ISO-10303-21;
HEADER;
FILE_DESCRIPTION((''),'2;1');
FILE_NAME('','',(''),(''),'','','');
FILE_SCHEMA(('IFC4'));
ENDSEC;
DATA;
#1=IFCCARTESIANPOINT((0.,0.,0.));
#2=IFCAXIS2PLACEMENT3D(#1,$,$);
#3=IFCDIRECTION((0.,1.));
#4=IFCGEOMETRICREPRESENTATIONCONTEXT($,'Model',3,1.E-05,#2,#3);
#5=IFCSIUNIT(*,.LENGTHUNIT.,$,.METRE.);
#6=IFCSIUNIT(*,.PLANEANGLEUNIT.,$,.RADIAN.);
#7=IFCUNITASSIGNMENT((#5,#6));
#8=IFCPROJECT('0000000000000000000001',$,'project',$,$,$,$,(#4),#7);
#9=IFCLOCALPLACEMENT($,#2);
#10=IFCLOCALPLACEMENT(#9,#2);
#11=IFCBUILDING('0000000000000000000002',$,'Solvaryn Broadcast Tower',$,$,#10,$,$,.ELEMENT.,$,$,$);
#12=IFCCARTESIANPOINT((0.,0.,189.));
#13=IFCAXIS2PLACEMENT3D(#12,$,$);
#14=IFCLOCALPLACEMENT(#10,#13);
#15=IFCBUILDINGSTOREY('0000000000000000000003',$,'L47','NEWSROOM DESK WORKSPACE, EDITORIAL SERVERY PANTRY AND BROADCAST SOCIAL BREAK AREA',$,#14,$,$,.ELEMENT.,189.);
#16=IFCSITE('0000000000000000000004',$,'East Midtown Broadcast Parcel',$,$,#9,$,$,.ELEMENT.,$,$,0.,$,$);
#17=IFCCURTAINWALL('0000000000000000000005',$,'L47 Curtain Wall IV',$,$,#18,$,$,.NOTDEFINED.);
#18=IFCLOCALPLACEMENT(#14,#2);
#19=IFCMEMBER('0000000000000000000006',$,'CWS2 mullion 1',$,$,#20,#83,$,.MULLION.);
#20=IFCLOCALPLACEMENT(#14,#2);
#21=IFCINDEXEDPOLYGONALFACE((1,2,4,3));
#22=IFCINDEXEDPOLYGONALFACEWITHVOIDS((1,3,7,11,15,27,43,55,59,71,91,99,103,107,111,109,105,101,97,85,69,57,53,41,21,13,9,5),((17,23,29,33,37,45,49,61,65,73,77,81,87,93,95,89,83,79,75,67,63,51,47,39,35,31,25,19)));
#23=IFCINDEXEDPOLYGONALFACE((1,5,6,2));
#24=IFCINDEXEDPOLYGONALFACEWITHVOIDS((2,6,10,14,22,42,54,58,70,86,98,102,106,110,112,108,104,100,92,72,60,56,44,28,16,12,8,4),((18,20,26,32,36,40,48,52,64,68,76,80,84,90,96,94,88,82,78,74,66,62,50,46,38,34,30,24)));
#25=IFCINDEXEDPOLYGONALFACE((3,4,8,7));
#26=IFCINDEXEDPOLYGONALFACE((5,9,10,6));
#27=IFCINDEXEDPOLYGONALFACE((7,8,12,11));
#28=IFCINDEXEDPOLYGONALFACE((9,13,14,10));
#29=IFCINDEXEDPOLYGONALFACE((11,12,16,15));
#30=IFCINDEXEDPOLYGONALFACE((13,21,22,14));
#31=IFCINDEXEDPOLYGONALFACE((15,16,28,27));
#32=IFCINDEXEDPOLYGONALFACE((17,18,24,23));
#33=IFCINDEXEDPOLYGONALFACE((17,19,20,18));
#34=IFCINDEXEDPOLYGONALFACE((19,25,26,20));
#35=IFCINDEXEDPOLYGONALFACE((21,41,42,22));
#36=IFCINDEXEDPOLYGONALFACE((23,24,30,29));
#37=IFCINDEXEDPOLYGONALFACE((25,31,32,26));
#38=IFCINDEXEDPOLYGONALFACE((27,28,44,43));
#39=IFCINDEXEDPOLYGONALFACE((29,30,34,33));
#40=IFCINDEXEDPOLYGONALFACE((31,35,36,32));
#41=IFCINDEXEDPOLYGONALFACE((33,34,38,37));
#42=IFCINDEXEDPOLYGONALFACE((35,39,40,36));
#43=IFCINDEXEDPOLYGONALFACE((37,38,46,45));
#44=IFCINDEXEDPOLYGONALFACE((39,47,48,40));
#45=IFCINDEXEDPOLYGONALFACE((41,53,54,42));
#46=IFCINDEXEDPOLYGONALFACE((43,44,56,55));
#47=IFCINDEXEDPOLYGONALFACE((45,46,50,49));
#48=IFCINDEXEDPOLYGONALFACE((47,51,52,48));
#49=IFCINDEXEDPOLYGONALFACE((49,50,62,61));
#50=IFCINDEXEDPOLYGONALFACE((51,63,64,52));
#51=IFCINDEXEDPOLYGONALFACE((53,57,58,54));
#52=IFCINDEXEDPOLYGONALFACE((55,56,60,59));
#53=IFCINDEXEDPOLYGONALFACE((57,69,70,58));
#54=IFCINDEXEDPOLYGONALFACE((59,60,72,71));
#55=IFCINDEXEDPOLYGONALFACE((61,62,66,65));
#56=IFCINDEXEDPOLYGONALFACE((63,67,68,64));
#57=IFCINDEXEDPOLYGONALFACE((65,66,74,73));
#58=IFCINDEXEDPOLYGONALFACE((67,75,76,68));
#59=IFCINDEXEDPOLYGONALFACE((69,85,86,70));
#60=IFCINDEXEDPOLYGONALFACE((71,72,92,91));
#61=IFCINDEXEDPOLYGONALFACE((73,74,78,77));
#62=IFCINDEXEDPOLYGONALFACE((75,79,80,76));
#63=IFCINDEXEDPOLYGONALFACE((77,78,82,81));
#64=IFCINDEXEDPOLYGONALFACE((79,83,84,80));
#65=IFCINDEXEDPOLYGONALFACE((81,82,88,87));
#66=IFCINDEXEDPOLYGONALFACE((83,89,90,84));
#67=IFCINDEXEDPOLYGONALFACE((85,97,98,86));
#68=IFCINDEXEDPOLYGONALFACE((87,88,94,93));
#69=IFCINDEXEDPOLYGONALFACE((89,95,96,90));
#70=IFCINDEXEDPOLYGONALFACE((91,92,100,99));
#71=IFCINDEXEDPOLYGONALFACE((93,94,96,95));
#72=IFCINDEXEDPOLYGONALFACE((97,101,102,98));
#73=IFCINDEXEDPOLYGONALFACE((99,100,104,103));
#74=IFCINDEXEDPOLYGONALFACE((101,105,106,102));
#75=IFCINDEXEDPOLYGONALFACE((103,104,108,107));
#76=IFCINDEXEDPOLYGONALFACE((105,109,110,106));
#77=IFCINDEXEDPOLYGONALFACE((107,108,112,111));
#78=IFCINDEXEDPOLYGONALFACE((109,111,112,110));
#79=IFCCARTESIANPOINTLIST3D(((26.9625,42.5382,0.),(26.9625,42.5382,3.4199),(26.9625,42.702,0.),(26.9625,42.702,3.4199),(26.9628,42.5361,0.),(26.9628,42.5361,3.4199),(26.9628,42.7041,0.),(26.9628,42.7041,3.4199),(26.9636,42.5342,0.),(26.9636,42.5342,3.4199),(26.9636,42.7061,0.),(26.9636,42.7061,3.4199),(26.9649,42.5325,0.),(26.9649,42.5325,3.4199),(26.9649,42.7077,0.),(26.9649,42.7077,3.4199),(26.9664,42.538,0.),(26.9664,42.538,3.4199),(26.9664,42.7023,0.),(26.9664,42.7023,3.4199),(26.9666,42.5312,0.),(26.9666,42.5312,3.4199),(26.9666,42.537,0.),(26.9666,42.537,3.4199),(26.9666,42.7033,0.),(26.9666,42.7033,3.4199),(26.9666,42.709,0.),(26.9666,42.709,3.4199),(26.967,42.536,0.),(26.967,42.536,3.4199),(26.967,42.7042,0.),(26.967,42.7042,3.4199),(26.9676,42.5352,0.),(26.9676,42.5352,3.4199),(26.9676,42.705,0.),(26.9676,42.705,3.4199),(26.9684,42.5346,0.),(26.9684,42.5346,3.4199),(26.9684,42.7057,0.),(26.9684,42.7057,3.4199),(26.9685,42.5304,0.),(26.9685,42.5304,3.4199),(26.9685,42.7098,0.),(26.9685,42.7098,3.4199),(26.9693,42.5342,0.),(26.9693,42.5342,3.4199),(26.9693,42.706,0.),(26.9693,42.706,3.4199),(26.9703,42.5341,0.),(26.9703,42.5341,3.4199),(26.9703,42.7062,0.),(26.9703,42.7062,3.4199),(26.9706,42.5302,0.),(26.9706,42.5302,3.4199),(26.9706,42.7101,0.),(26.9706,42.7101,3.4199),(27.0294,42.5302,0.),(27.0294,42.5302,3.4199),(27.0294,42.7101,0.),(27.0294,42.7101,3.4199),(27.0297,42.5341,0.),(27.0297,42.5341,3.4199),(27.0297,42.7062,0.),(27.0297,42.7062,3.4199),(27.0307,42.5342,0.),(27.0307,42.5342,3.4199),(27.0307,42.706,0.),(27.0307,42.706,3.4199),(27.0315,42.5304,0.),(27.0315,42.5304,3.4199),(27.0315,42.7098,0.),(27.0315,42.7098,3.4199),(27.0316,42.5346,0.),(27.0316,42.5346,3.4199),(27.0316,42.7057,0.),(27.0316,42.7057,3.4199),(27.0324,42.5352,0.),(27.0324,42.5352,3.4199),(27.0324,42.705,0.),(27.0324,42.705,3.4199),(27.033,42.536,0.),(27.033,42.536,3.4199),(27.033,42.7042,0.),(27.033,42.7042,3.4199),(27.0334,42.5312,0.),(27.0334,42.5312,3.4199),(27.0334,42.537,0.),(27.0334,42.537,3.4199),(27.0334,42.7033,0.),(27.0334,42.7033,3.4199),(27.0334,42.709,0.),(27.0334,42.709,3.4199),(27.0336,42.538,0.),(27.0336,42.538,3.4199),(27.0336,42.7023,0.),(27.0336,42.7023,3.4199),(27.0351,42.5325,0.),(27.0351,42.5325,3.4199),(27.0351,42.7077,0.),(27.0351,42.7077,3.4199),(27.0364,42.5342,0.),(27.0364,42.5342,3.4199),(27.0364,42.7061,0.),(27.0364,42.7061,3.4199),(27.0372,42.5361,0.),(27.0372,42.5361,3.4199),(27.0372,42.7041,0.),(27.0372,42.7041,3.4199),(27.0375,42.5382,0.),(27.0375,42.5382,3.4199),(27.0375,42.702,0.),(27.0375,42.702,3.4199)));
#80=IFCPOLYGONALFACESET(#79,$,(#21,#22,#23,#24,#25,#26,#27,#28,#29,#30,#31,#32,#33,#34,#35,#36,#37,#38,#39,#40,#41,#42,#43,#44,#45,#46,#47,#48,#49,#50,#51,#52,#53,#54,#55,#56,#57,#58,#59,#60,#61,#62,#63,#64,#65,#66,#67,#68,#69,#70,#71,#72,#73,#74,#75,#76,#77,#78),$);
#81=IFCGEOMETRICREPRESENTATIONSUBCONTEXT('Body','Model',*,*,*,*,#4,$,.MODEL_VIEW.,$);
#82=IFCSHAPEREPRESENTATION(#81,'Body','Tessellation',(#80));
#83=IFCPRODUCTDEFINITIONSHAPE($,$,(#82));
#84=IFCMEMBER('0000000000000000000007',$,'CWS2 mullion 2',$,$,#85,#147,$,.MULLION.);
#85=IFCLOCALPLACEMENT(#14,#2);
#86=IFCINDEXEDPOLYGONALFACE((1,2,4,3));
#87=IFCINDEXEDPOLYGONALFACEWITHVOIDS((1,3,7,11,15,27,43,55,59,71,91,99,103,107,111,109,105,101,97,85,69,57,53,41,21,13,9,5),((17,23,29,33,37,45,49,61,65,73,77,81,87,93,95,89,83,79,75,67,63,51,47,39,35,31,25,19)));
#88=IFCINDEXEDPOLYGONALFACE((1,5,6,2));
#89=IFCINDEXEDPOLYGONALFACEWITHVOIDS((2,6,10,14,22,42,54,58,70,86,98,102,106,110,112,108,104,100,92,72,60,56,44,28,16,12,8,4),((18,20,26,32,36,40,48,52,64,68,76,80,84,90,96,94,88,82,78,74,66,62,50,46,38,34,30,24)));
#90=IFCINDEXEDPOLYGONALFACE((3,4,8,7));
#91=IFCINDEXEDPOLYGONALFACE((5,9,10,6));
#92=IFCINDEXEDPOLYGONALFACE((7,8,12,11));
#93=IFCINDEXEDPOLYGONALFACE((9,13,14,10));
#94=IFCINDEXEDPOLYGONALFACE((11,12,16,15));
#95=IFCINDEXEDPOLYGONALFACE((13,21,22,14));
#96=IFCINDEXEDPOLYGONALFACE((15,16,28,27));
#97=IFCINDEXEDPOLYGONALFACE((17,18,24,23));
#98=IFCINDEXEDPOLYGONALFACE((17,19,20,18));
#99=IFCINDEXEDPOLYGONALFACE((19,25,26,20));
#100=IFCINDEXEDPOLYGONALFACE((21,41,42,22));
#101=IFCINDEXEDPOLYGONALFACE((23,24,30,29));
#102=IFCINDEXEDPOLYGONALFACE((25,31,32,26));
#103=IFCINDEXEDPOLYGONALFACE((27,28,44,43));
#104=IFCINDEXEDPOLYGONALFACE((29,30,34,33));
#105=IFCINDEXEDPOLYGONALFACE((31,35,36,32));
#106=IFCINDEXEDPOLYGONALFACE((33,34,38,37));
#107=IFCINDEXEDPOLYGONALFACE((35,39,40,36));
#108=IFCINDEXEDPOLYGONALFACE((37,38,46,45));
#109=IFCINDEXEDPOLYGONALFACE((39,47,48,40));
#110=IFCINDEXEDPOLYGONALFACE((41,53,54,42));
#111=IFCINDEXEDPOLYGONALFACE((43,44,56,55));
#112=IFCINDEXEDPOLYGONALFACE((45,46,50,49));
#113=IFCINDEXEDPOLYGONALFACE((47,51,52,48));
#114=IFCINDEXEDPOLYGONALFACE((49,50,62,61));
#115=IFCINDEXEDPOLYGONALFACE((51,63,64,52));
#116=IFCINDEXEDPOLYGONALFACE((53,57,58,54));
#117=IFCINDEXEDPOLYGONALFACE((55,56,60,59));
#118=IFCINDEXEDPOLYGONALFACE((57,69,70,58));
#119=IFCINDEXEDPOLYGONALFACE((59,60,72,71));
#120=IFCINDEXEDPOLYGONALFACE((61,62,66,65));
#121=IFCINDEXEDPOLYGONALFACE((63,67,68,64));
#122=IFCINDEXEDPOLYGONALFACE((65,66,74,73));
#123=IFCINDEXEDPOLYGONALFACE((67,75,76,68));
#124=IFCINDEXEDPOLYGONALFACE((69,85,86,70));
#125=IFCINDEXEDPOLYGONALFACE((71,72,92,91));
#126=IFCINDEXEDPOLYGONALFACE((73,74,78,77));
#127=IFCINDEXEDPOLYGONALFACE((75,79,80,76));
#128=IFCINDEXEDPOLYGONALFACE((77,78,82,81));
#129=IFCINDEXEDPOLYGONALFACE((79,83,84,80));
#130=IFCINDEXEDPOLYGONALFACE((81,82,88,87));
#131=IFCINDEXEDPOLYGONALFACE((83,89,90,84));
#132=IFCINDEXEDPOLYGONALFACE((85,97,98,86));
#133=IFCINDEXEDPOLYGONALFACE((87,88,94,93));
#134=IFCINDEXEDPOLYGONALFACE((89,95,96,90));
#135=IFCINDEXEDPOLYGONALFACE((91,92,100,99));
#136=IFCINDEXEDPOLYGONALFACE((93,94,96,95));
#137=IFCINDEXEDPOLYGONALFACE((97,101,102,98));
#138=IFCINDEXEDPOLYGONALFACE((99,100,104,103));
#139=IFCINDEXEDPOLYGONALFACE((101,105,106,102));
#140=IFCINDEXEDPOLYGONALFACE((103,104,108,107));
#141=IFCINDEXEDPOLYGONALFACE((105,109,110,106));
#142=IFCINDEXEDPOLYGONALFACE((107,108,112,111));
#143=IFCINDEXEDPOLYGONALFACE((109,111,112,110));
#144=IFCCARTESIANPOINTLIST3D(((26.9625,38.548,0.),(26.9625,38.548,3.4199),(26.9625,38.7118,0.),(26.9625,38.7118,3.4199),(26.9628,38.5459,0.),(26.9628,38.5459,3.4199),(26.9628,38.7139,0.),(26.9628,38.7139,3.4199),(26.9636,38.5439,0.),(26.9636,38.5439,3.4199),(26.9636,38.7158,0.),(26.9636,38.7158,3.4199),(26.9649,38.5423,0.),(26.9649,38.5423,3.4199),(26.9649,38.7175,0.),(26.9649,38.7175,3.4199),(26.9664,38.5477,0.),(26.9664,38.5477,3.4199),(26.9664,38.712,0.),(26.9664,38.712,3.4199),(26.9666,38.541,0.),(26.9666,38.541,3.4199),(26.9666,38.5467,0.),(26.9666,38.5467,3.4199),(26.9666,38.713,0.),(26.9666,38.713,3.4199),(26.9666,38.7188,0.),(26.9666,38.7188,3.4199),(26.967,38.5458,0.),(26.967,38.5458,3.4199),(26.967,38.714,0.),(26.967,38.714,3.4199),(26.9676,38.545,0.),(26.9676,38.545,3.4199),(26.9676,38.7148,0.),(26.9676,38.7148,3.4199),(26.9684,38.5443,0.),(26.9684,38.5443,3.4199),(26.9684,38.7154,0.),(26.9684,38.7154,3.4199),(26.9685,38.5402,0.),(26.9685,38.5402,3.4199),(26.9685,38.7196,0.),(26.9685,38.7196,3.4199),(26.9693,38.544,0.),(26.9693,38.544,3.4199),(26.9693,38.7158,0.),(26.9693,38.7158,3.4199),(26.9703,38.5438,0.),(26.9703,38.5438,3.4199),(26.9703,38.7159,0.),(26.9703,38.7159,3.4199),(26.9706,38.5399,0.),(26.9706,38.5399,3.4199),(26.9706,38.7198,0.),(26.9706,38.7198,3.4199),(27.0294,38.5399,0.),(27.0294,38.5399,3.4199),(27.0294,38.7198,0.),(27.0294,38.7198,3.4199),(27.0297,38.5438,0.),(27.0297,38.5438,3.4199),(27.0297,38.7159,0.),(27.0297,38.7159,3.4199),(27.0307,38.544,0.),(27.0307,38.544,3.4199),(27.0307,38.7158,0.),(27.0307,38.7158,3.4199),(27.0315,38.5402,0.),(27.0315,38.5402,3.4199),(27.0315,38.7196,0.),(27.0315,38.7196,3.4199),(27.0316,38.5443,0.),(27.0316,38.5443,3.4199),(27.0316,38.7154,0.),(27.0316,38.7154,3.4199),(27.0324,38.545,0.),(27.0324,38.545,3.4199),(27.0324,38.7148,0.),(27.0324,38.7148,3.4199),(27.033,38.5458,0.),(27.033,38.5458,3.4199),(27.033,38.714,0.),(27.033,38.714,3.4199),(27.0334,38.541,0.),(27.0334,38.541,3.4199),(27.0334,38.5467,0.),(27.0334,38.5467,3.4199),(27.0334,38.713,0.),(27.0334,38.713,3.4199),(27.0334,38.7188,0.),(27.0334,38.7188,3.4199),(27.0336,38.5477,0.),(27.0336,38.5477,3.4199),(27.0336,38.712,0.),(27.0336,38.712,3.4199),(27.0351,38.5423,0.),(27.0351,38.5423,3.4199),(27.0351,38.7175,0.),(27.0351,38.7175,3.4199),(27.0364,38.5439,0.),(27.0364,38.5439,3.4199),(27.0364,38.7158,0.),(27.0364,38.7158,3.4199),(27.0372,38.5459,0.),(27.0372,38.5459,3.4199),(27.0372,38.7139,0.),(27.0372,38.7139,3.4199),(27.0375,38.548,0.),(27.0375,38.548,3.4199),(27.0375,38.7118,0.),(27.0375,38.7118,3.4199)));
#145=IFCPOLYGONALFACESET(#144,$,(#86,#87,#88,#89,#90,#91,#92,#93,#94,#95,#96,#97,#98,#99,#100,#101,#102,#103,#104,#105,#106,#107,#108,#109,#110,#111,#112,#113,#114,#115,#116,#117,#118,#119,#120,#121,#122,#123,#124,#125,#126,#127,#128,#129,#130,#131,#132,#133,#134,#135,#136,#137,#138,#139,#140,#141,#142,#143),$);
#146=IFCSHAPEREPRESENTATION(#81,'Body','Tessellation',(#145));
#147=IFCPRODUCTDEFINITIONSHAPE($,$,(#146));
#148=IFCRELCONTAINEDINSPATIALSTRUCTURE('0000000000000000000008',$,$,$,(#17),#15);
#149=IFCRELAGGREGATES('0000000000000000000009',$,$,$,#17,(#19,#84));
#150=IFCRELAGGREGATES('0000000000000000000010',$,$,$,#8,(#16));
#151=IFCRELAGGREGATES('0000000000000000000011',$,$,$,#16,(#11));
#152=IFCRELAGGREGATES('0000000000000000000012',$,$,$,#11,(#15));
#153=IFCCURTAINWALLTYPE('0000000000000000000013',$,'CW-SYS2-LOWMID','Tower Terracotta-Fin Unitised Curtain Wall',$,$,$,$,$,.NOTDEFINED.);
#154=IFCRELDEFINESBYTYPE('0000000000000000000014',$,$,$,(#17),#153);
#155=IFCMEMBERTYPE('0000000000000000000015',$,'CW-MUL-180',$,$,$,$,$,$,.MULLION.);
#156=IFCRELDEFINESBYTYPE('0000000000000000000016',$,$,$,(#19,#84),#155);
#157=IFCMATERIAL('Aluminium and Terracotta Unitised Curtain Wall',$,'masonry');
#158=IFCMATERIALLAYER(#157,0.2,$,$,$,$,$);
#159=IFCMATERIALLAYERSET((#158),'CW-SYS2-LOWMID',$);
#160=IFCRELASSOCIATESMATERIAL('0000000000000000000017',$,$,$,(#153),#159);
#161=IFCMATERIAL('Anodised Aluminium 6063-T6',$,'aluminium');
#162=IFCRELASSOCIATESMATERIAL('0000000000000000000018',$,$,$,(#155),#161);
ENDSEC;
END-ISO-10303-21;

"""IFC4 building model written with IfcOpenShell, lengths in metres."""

from ifc_helpers import new_model, si_unit, direction, frame, origin, origin_2d, place, context, subcontext, project, spatial, hollow_rectangle, extrude, material, layer, layer_set, material_profile, profile_set, type_object, element, aggregate, save


model = new_model("IFC4")

# Units and contexts
model_context = context("Model", 3, precision=1e-05, world=origin(), true_north=direction((0.0, 1.0)))
body_context = subcontext(model_context, "Body", "Model", "MODEL_VIEW")
ifc_project = project(units=[si_unit("LENGTHUNIT", "METRE"), si_unit("PLANEANGLEUNIT", "RADIAN")], contexts=[model_context])

# Site, building, storey
site_placement = place(None, origin())
site = spatial("IfcSite", under=ifc_project, at=site_placement, Name="East Midtown Broadcast Parcel", CompositionType="ELEMENT", RefElevation=0.0)
building_placement = place(site_placement, origin())
building = spatial("IfcBuilding", under=site, at=building_placement, Name="Solvaryn Broadcast Tower", CompositionType="ELEMENT")
storey_placement = place(building_placement, frame((0.0, 0.0, 189.0)))
storey = spatial("IfcBuildingStorey", under=building, at=storey_placement, Name="L47", Description="NEWSROOM DESK WORKSPACE, EDITORIAL SERVERY PANTRY AND BROADCAST SOCIAL BREAK AREA", CompositionType="ELEMENT", Elevation=189.0)

# Curtain wall, members
ifc_material_1 = material(Name="Aluminium and Terracotta Unitised Curtain Wall", Category="masonry")
ifc_layer_1 = layer(ifc_material_1, 0.2)
ifc_layer_set_1 = layer_set([ifc_layer_1], Name="CW-SYS2-LOWMID")
curtain_wall_type = type_object("IfcCurtainWallType", Name="CW-SYS2-LOWMID", Description="Tower Terracotta-Fin Unitised Curtain Wall", PredefinedType="NOTDEFINED", material=ifc_layer_set_1)
curtain_wall_1_placement = place(storey_placement, origin())
curtain_wall_1 = element("IfcCurtainWall", 1, at=curtain_wall_1_placement, inside=storey, type_object=curtain_wall_type, Name="L47 Curtain Wall IV", PredefinedType="NOTDEFINED")
ifc_material_2 = material(Name="Anodised Aluminium 6063-T6", Category="aluminium")
ifc_material_profile_1 = material_profile(ifc_material_2, hollow_rectangle(XDim=0.075, YDim=0.1799, WallThickness=0.0039, InnerFilletRadius=0.0039, OuterFilletRadius=0.0081, at=origin_2d()))
ifc_profile_set_1 = profile_set([ifc_material_profile_1], Name="Anodised Aluminium 6063-T6")
member_type_1 = type_object("IfcMemberType", Name="CW-MUL-180", PredefinedType="MULLION", material=ifc_profile_set_1)
member_1_placement = place(storey_placement, frame((27.0, 42.6201, 0.0), z_axis=(0.0, 0.0, 1.0), x_axis=(1.0, 0.0, 0.0)))
member_1 = element("IfcMember", 2, at=member_1_placement, type_object=member_type_1, Name="CWS2 mullion 1", PredefinedType="MULLION", context=body_context, shape_type="SweptSolid", body=[
    extrude(hollow_rectangle(XDim=0.075, YDim=0.1799, WallThickness=0.0039, InnerFilletRadius=0.0039, OuterFilletRadius=0.0081, at=origin_2d()), origin(), (0.0, 0.0, 1.0), 3.4199),
])
member_2_placement = place(storey_placement, frame((27.0, 38.6299, 0.0), z_axis=(0.0, 0.0, 1.0), x_axis=(1.0, 0.0, 0.0)))
member_2 = element("IfcMember", 3, at=member_2_placement, type_object=member_type_1, Name="CWS2 mullion 2", PredefinedType="MULLION", context=body_context, shape_type="SweptSolid", body=[
    extrude(hollow_rectangle(XDim=0.075, YDim=0.1799, WallThickness=0.0039, InnerFilletRadius=0.0039, OuterFilletRadius=0.0081, at=origin_2d()), origin(), (0.0, 0.0, 1.0), 3.4199),
])

aggregate(curtain_wall_1, [member_1, member_2])

save(model, "model.ifc")
